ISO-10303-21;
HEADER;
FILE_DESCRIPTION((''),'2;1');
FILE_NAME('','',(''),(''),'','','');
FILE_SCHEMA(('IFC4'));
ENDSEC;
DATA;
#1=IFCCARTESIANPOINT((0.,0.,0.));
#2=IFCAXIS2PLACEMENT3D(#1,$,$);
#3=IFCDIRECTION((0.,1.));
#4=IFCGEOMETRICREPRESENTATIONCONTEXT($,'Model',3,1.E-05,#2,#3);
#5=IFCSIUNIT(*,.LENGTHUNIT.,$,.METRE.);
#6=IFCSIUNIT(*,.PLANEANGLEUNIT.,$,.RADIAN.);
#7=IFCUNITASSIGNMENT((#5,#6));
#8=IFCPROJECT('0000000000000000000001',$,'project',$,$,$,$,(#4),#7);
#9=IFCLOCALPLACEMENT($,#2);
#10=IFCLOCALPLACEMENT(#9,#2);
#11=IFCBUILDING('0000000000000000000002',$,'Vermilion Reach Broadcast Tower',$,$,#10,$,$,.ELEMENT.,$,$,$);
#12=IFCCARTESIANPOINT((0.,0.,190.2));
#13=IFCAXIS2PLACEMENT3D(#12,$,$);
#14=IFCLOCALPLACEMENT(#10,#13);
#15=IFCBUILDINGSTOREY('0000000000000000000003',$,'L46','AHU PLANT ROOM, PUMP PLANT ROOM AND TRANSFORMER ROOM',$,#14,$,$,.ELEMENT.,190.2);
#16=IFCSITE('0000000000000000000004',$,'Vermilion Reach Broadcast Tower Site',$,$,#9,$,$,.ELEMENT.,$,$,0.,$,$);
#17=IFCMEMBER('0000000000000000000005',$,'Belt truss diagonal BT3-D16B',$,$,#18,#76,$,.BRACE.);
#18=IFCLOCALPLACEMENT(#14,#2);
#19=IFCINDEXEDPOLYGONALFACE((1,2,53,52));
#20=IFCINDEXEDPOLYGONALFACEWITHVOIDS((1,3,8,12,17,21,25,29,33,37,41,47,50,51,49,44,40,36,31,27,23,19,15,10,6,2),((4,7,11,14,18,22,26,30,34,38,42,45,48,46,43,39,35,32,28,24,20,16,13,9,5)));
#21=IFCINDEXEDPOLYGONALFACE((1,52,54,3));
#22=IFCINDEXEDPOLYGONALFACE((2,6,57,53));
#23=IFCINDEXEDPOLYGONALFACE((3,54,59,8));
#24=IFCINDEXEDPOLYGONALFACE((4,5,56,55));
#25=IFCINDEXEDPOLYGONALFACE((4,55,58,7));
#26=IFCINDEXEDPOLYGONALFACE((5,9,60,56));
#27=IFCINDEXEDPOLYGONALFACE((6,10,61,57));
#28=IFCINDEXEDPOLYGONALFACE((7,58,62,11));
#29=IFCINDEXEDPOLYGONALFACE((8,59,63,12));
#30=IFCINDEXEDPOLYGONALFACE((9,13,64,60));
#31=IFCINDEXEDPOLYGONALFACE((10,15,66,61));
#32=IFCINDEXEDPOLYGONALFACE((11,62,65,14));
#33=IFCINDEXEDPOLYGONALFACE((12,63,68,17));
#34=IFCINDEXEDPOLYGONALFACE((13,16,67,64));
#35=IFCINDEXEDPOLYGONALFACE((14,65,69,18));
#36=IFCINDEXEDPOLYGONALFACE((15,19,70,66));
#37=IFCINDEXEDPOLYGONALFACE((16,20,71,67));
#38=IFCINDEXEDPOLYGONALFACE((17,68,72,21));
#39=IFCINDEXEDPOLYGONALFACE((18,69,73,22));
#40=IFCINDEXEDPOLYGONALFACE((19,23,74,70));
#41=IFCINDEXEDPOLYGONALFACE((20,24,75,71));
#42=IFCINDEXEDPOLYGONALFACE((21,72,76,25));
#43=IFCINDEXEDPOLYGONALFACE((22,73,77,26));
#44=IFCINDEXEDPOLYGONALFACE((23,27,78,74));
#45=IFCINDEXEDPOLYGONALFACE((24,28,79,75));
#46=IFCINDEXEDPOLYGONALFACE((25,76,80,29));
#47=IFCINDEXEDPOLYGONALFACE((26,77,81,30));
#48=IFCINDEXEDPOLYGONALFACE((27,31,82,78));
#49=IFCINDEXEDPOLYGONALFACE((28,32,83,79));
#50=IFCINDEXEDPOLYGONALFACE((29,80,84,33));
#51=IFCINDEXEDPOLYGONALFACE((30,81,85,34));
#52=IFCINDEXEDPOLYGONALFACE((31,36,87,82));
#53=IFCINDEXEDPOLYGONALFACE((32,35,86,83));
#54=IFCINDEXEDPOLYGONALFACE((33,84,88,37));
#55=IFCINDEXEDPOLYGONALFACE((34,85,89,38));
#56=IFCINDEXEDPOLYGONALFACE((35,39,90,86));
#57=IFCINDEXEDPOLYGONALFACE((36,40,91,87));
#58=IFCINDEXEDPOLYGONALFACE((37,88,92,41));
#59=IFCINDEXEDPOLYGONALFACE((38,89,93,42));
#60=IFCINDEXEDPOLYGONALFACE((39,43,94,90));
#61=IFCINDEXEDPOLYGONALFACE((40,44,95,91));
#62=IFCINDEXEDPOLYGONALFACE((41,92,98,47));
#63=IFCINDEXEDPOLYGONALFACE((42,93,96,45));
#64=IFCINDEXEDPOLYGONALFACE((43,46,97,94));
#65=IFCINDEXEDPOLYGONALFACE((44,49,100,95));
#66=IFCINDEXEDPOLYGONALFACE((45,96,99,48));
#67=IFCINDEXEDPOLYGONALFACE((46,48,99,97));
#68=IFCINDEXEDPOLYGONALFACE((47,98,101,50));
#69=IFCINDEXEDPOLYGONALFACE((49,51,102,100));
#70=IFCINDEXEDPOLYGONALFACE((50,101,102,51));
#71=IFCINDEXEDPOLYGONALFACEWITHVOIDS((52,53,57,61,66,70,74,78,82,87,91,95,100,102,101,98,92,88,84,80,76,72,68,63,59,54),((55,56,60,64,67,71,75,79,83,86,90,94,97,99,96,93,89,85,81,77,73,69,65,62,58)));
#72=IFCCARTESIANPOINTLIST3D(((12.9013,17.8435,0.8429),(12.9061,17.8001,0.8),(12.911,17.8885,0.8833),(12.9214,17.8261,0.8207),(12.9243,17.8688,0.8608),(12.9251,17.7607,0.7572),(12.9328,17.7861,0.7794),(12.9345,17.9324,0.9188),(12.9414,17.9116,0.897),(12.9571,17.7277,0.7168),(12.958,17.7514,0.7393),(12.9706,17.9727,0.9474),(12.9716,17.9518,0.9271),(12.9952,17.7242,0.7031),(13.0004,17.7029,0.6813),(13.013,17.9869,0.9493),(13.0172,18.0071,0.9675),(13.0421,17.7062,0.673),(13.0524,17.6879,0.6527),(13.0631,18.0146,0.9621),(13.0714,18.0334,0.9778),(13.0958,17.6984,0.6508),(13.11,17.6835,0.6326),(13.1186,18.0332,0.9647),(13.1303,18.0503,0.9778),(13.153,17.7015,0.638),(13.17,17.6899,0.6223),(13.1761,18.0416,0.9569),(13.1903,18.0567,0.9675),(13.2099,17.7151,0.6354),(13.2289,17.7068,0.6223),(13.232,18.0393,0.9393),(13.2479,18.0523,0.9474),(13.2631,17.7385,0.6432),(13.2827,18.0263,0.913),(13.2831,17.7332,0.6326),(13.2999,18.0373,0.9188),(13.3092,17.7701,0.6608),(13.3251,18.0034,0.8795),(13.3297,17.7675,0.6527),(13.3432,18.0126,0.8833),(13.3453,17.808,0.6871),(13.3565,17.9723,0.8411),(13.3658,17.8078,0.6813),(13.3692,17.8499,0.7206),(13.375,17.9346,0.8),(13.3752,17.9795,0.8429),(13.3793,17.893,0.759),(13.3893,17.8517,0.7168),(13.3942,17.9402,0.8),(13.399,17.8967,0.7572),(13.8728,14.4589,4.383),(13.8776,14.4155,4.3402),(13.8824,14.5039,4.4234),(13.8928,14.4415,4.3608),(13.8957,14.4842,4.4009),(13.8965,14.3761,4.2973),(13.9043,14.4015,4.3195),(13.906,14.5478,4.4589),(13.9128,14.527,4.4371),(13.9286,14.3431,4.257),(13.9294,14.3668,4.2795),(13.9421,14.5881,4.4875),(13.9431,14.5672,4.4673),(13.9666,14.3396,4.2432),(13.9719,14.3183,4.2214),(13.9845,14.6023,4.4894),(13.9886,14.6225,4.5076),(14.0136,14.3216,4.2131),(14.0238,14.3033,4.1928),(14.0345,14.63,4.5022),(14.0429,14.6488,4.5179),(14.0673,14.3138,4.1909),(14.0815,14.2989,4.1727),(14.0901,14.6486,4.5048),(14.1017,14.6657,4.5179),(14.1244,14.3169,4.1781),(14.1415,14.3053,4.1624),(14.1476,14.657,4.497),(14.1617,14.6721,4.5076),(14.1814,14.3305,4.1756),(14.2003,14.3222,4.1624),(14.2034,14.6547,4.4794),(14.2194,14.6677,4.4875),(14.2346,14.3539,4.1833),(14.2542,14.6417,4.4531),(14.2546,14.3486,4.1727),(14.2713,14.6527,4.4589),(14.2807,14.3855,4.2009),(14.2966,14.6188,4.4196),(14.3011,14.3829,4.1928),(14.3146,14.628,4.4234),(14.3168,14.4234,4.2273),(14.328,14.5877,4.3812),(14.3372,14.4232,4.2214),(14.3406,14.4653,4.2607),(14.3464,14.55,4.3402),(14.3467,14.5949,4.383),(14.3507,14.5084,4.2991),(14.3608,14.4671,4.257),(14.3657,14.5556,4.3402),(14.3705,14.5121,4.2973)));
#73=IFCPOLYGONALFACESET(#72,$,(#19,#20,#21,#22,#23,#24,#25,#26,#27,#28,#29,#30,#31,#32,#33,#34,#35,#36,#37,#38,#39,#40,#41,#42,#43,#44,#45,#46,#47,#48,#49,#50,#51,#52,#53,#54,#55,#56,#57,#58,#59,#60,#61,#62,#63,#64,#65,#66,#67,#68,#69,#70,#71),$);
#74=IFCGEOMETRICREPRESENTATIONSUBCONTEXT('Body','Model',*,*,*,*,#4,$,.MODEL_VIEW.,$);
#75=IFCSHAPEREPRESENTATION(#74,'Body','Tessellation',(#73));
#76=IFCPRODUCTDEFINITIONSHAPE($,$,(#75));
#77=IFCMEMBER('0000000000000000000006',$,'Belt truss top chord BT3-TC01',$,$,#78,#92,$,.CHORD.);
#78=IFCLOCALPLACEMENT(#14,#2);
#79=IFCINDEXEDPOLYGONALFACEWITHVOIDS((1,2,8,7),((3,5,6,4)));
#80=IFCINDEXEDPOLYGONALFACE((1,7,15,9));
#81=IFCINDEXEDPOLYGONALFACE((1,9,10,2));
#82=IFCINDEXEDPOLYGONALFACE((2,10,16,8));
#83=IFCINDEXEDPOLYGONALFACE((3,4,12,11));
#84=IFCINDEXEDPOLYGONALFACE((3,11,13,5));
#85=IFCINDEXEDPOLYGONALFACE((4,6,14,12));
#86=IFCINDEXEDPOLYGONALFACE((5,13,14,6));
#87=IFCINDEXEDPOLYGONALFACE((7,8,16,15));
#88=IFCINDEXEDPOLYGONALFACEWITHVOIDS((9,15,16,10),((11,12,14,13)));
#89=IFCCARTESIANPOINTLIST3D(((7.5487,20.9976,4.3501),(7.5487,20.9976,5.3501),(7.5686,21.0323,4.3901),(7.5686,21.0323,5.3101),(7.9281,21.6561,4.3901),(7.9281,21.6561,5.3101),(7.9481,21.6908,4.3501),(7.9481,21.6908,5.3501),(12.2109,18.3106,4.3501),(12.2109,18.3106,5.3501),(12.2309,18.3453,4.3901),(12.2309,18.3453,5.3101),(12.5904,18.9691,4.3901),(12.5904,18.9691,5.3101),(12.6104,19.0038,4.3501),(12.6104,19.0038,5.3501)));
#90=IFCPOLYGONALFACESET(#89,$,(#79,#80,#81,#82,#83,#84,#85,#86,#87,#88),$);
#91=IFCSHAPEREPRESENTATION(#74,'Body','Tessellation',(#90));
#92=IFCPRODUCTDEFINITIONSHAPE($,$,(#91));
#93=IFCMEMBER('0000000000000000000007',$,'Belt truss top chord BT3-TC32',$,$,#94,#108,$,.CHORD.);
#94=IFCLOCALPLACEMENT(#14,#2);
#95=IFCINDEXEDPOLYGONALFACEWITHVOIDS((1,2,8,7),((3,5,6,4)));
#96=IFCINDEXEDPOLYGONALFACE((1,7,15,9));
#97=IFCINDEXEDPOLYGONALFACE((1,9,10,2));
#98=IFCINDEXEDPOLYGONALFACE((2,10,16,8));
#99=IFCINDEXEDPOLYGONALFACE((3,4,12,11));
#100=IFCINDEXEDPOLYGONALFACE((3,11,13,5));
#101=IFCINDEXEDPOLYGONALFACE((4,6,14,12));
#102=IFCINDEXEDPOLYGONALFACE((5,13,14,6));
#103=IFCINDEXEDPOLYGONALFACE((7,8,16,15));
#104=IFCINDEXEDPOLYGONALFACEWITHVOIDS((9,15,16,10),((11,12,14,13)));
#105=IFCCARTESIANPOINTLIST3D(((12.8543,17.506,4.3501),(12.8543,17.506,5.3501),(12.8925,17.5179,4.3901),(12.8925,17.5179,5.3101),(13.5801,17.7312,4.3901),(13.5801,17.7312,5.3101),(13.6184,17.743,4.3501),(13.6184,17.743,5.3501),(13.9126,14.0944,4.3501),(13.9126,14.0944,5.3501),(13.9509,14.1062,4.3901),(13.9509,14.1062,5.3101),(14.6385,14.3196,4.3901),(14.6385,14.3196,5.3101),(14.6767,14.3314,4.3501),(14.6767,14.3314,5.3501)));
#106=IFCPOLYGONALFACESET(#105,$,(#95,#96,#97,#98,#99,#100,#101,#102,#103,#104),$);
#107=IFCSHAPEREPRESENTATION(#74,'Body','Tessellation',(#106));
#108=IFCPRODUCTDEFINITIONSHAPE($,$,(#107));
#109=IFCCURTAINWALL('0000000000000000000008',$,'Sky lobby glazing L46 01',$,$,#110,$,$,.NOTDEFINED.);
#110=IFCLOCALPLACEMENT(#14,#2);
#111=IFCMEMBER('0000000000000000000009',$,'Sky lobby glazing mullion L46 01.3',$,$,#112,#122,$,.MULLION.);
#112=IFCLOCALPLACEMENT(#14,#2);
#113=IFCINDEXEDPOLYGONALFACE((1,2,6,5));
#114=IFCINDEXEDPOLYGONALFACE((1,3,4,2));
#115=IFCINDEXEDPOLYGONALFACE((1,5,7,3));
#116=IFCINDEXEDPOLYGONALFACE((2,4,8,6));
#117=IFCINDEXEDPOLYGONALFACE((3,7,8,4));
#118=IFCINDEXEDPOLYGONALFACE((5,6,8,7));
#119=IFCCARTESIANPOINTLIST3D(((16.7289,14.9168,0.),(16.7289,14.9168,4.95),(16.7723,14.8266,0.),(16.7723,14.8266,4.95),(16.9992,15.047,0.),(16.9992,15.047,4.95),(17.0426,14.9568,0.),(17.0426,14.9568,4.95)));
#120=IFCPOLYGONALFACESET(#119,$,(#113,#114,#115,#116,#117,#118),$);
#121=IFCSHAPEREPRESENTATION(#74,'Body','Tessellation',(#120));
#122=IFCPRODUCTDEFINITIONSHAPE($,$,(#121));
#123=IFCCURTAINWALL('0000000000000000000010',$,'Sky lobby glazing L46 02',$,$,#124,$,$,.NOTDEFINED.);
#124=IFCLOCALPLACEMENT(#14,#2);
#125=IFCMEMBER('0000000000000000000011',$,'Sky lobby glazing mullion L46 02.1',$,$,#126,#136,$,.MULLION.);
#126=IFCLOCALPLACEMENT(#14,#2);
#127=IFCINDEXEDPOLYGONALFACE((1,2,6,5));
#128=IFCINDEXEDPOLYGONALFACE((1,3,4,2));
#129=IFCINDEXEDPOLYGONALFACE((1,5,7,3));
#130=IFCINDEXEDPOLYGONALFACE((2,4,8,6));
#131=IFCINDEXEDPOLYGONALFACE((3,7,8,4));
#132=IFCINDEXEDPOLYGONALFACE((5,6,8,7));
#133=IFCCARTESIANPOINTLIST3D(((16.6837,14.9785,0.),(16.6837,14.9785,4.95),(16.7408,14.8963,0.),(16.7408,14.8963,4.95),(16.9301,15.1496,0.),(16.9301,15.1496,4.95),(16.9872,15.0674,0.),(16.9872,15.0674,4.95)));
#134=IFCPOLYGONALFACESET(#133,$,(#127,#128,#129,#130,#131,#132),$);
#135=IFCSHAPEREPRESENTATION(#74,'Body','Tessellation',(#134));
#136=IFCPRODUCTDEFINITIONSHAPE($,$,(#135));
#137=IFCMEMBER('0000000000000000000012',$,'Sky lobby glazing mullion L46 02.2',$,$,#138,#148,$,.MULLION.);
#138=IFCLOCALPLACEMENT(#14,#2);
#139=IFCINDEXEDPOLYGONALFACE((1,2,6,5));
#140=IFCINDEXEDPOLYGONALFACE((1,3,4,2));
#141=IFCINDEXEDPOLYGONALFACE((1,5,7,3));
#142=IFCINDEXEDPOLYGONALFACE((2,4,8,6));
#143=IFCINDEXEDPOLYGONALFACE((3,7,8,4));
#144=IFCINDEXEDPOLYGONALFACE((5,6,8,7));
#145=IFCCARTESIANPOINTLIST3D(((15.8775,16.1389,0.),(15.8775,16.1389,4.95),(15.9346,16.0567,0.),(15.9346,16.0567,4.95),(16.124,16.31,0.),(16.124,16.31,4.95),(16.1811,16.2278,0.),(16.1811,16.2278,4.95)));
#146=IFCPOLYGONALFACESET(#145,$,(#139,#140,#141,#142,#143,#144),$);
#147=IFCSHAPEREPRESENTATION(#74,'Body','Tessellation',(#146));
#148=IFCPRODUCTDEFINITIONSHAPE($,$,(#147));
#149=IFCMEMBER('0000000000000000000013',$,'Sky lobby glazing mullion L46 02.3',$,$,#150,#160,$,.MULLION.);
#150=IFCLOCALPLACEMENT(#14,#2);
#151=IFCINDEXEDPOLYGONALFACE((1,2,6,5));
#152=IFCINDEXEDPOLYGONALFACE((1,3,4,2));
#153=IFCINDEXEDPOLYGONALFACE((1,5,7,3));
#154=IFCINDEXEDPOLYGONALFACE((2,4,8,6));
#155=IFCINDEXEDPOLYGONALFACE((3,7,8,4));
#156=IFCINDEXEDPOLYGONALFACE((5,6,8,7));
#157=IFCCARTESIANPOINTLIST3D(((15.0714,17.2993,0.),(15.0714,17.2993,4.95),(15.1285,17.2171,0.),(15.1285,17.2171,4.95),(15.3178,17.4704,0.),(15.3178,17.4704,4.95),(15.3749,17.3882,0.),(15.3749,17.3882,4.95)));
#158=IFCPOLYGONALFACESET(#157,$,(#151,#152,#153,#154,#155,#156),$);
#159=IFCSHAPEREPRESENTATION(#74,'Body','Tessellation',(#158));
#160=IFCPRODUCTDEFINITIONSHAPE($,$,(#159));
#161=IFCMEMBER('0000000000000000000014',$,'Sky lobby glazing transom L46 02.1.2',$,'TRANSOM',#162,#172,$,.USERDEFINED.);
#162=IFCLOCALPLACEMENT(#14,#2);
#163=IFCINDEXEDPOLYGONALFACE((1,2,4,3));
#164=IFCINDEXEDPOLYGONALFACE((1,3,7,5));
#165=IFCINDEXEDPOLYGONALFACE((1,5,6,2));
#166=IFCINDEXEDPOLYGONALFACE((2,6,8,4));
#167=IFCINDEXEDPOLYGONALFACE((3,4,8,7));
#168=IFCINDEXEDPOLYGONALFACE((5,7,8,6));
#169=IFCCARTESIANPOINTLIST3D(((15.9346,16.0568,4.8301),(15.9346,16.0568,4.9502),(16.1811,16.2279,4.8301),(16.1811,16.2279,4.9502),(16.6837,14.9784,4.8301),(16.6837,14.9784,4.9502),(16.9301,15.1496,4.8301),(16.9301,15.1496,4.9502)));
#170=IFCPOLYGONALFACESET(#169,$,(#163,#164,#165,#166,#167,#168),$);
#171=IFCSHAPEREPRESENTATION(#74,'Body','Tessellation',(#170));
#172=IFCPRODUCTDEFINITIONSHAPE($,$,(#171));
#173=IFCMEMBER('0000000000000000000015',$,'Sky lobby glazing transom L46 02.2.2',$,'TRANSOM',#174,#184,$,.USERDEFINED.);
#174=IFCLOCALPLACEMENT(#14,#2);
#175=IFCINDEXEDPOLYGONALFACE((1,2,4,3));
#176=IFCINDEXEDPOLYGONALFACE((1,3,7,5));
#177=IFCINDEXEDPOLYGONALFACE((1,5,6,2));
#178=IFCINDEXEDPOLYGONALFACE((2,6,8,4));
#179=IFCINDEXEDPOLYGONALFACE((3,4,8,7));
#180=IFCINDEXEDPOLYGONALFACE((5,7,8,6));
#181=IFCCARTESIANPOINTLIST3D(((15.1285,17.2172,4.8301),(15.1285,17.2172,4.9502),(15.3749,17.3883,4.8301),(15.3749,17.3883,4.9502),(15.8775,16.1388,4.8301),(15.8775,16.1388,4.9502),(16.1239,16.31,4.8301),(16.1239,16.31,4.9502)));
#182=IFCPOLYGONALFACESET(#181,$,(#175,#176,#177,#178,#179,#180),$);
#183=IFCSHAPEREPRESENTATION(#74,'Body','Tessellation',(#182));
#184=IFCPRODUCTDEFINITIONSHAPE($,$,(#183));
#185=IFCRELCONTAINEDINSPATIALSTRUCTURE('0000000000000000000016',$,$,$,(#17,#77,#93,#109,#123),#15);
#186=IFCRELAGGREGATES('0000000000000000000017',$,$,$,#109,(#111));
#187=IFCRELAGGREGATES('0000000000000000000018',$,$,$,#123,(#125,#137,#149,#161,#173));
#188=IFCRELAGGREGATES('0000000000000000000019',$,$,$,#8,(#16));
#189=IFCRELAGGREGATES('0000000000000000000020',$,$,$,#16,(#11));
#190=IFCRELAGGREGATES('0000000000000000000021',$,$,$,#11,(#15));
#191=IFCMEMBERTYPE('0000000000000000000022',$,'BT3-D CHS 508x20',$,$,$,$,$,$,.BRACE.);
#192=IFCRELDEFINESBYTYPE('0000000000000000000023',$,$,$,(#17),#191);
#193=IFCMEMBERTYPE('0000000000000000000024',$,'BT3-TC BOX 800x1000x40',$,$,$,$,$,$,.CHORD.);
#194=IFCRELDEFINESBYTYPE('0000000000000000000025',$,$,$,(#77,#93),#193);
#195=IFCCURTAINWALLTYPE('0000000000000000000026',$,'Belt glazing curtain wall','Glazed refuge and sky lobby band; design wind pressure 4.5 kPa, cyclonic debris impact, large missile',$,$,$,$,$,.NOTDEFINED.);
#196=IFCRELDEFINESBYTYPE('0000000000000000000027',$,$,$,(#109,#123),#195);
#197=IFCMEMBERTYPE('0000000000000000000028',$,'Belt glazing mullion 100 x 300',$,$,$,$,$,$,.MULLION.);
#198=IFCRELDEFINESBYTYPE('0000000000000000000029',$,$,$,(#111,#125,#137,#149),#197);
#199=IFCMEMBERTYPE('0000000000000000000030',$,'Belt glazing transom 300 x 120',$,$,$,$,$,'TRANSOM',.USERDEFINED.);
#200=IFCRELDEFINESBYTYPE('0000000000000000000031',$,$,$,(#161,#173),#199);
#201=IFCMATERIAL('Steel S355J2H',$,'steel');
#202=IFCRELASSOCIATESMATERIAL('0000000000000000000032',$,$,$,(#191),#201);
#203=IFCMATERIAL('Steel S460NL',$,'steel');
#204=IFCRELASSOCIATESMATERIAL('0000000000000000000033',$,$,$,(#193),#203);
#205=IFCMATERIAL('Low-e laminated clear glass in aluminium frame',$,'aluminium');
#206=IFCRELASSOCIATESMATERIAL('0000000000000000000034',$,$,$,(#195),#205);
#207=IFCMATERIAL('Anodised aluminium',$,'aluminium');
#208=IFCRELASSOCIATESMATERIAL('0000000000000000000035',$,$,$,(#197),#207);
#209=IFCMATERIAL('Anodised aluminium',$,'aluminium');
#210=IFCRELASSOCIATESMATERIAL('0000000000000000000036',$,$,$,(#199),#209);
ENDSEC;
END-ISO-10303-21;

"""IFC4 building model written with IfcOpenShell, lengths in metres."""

from ifc_helpers import new_model, si_unit, direction, frame, origin, origin_2d, place, context, subcontext, project, spatial, rectangle, hollow_rectangle, hollow_circle, extrude, material, material_profile, profile_set, type_object, element, aggregate, save


model = new_model("IFC4")

# Units and contexts
model_context = context("Model", 3, precision=1e-05, world=origin(), true_north=direction((0.0, 1.0)))
body_context = subcontext(model_context, "Body", "Model", "MODEL_VIEW")
ifc_project = project(units=[si_unit("LENGTHUNIT", "METRE"), si_unit("PLANEANGLEUNIT", "RADIAN")], contexts=[model_context])

# Site, building, storey
site_placement = place(None, origin())
site = spatial("IfcSite", under=ifc_project, at=site_placement, Name="Vermilion Reach Broadcast Tower Site", CompositionType="ELEMENT", RefElevation=0.0)
building_placement = place(site_placement, origin())
building = spatial("IfcBuilding", under=site, at=building_placement, Name="Vermilion Reach Broadcast Tower", CompositionType="ELEMENT")
storey_placement = place(building_placement, frame((0.0, 0.0, 190.2)))
storey = spatial("IfcBuildingStorey", under=building, at=storey_placement, Name="L46", Description="AHU PLANT ROOM, PUMP PLANT ROOM AND TRANSFORMER ROOM", CompositionType="ELEMENT", Elevation=190.2)

# Members
ifc_material_1 = material(Name="Steel S355J2H", Category="steel")
ifc_material_profile_1 = material_profile(ifc_material_1, hollow_circle(Radius=0.2539, WallThickness=0.02, at=origin_2d()), Name="S355J2H CHS 508x20")
ifc_profile_set_1 = profile_set([ifc_material_profile_1], Name="Steel S355J2H")
member_type_1 = type_object("IfcMemberType", Name="BT3-D CHS 508x20", PredefinedType="BRACE", material=ifc_profile_set_1)
member_1_placement = place(storey_placement, frame((13.1501, 17.8701, 0.8), z_axis=(0.194558, -0.677846, 0.708993), x_axis=(0.961191, 0.275884, 0.0)))
element("IfcMember", 1, at=member_1_placement, inside=storey, type_object=member_type_1, Name="Belt truss diagonal BT3-D16B", PredefinedType="BRACE", context=body_context, shape_type="SweptSolid", body=[
    extrude(hollow_circle(Radius=0.2539, WallThickness=0.02, at=origin_2d()), origin(), (0.0, 0.0, 1.0), 4.9932),
])
ifc_material_2 = material(Name="Steel S460NL", Category="steel")
ifc_material_profile_2 = material_profile(ifc_material_2, hollow_rectangle(XDim=0.8, YDim=1.0, WallThickness=0.04, at=origin_2d()), Name="S460NL BOX 800x1000x40")
ifc_profile_set_2 = profile_set([ifc_material_profile_2], Name="Steel S460NL")
member_type_2 = type_object("IfcMemberType", Name="BT3-TC BOX 800x1000x40", PredefinedType="CHORD", material=ifc_profile_set_2)
member_2_placement = place(storey_placement, frame((12.4106, 18.6572, 4.8501), z_axis=(-0.866411, 0.499331, 0.0), x_axis=(-0.499331, -0.866411, 0.0)))
element("IfcMember", 2, at=member_2_placement, inside=storey, type_object=member_type_2, Name="Belt truss top chord BT3-TC01", PredefinedType="CHORD", context=body_context, shape_type="SweptSolid", body=[
    extrude(hollow_rectangle(XDim=0.8, YDim=1.0, WallThickness=0.04, at=origin_2d()), origin(), (0.0, 0.0, 1.0), 5.3811),
])
member_3_placement = place(storey_placement, frame((14.2947, 14.2129, 4.8501), z_axis=(-0.29629, 0.955098, 0.0), x_axis=(-0.955098, -0.29629, 0.0)))
element("IfcMember", 3, at=member_3_placement, inside=storey, type_object=member_type_2, Name="Belt truss top chord BT3-TC32", PredefinedType="CHORD", context=body_context, shape_type="SweptSolid", body=[
    extrude(hollow_rectangle(XDim=0.8, YDim=1.0, WallThickness=0.04, at=origin_2d()), origin(), (0.0, 0.0, 1.0), 3.572),
])

# Curtain wall, member
ifc_material_3 = material(Name="Low-e laminated clear glass in aluminium frame", Category="aluminium")
curtain_wall_type = type_object("IfcCurtainWallType", Name="Belt glazing curtain wall", Description="Glazed refuge and sky lobby band; design wind pressure 4.5 kPa, cyclonic debris impact, large missile", PredefinedType="NOTDEFINED", material=ifc_material_3)
placement = place(storey_placement, origin())
curtain_wall_1 = element("IfcCurtainWall", 4, at=placement, inside=storey, type_object=curtain_wall_type, Name="Sky lobby glazing L46 01", PredefinedType="NOTDEFINED")
ifc_material_4 = material(Name="Anodised aluminium", Category="aluminium")
ifc_material_profile_3 = material_profile(ifc_material_4, rectangle(XDim=0.3, YDim=0.1001, at=origin_2d()), Name="Belt glazing mullion 100 x 300")
ifc_profile_set_3 = profile_set([ifc_material_profile_3], Name="Anodised aluminium")
member_type_3 = type_object("IfcMemberType", Name="Belt glazing mullion 100 x 300", PredefinedType="MULLION", material=ifc_profile_set_3)
member_4_placement = place(storey_placement, frame((16.8857, 14.9368, 0.0), z_axis=(0.0, 0.0, 1.0), x_axis=(-0.90096, -0.433902, 0.0)))
member_4 = element("IfcMember", 5, at=member_4_placement, type_object=member_type_3, Name="Sky lobby glazing mullion L46 01.3", PredefinedType="MULLION", context=body_context, shape_type="SweptSolid", body=[
    extrude(rectangle(XDim=0.3, YDim=0.1001, at=origin_2d()), origin(), (0.0, 0.0, 1.0), 4.95),
])

# Curtain wall, members
curtain_wall_2 = element("IfcCurtainWall", 6, at=placement, inside=storey, type_object=curtain_wall_type, Name="Sky lobby glazing L46 02", PredefinedType="NOTDEFINED")
member_5_placement = place(storey_placement, frame((16.8354, 15.0229, 0.0), z_axis=(0.0, 0.0, 1.0), x_axis=(-0.821281, -0.570524, 0.0)))
member_5 = element("IfcMember", 7, at=member_5_placement, type_object=member_type_3, Name="Sky lobby glazing mullion L46 02.1", PredefinedType="MULLION", context=body_context, shape_type="SweptSolid", body=[
    extrude(rectangle(XDim=0.3, YDim=0.1001, at=origin_2d()), origin(), (0.0, 0.0, 1.0), 4.95),
])
member_6_placement = place(storey_placement, frame((16.0293, 16.1833, 0.0), z_axis=(0.0, 0.0, 1.0), x_axis=(-0.821281, -0.570524, 0.0)))
member_6 = element("IfcMember", 8, at=member_6_placement, type_object=member_type_3, Name="Sky lobby glazing mullion L46 02.2", PredefinedType="MULLION", context=body_context, shape_type="SweptSolid", body=[
    extrude(rectangle(XDim=0.3, YDim=0.1001, at=origin_2d()), origin(), (0.0, 0.0, 1.0), 4.95),
])
member_7_placement = place(storey_placement, frame((15.2231, 17.3438, 0.0), z_axis=(0.0, 0.0, 1.0), x_axis=(-0.821281, -0.570524, 0.0)))
member_7 = element("IfcMember", 9, at=member_7_placement, type_object=member_type_3, Name="Sky lobby glazing mullion L46 02.3", PredefinedType="MULLION", context=body_context, shape_type="SweptSolid", body=[
    extrude(rectangle(XDim=0.3, YDim=0.1001, at=origin_2d()), origin(), (0.0, 0.0, 1.0), 4.95),
])
ifc_material_5 = material(Name="Anodised aluminium", Category="aluminium")
ifc_material_profile_4 = material_profile(ifc_material_5, rectangle(XDim=0.3, YDim=0.1201, at=origin_2d()), Name="Belt glazing transom 300 x 120")
ifc_profile_set_4 = profile_set([ifc_material_profile_4], Name="Anodised aluminium")
member_type_4 = type_object("IfcMemberType", Name="Belt glazing transom 300 x 120", ElementType="TRANSOM", PredefinedType="USERDEFINED", material=ifc_profile_set_4)
member_8_placement = place(storey_placement, frame((16.8069, 15.064, 4.8901), z_axis=(-0.570476, 0.821314, 0.0), x_axis=(-0.821314, -0.570476, 0.0)))
member_8 = element("IfcMember", 10, at=member_8_placement, type_object=member_type_4, Name="Sky lobby glazing transom L46 02.1.2", ObjectType="TRANSOM", PredefinedType="USERDEFINED", context=body_context, shape_type="SweptSolid", body=[
    extrude(rectangle(XDim=0.3, YDim=0.1201, at=origin_2d()), origin(), (0.0, 0.0, 1.0), 1.313),
])
member_9_placement = place(storey_placement, frame((16.0007, 16.2244, 4.8901), z_axis=(-0.570476, 0.821314, 0.0), x_axis=(-0.821314, -0.570476, 0.0)))
member_9 = element("IfcMember", 11, at=member_9_placement, type_object=member_type_4, Name="Sky lobby glazing transom L46 02.2.2", ObjectType="TRANSOM", PredefinedType="USERDEFINED", context=body_context, shape_type="SweptSolid", body=[
    extrude(rectangle(XDim=0.3, YDim=0.1201, at=origin_2d()), origin(), (0.0, 0.0, 1.0), 1.313),
])

aggregate(curtain_wall_1, [member_4])
aggregate(curtain_wall_2, [member_5, member_6, member_7, member_8, member_9])

save(model, "model.ifc")
